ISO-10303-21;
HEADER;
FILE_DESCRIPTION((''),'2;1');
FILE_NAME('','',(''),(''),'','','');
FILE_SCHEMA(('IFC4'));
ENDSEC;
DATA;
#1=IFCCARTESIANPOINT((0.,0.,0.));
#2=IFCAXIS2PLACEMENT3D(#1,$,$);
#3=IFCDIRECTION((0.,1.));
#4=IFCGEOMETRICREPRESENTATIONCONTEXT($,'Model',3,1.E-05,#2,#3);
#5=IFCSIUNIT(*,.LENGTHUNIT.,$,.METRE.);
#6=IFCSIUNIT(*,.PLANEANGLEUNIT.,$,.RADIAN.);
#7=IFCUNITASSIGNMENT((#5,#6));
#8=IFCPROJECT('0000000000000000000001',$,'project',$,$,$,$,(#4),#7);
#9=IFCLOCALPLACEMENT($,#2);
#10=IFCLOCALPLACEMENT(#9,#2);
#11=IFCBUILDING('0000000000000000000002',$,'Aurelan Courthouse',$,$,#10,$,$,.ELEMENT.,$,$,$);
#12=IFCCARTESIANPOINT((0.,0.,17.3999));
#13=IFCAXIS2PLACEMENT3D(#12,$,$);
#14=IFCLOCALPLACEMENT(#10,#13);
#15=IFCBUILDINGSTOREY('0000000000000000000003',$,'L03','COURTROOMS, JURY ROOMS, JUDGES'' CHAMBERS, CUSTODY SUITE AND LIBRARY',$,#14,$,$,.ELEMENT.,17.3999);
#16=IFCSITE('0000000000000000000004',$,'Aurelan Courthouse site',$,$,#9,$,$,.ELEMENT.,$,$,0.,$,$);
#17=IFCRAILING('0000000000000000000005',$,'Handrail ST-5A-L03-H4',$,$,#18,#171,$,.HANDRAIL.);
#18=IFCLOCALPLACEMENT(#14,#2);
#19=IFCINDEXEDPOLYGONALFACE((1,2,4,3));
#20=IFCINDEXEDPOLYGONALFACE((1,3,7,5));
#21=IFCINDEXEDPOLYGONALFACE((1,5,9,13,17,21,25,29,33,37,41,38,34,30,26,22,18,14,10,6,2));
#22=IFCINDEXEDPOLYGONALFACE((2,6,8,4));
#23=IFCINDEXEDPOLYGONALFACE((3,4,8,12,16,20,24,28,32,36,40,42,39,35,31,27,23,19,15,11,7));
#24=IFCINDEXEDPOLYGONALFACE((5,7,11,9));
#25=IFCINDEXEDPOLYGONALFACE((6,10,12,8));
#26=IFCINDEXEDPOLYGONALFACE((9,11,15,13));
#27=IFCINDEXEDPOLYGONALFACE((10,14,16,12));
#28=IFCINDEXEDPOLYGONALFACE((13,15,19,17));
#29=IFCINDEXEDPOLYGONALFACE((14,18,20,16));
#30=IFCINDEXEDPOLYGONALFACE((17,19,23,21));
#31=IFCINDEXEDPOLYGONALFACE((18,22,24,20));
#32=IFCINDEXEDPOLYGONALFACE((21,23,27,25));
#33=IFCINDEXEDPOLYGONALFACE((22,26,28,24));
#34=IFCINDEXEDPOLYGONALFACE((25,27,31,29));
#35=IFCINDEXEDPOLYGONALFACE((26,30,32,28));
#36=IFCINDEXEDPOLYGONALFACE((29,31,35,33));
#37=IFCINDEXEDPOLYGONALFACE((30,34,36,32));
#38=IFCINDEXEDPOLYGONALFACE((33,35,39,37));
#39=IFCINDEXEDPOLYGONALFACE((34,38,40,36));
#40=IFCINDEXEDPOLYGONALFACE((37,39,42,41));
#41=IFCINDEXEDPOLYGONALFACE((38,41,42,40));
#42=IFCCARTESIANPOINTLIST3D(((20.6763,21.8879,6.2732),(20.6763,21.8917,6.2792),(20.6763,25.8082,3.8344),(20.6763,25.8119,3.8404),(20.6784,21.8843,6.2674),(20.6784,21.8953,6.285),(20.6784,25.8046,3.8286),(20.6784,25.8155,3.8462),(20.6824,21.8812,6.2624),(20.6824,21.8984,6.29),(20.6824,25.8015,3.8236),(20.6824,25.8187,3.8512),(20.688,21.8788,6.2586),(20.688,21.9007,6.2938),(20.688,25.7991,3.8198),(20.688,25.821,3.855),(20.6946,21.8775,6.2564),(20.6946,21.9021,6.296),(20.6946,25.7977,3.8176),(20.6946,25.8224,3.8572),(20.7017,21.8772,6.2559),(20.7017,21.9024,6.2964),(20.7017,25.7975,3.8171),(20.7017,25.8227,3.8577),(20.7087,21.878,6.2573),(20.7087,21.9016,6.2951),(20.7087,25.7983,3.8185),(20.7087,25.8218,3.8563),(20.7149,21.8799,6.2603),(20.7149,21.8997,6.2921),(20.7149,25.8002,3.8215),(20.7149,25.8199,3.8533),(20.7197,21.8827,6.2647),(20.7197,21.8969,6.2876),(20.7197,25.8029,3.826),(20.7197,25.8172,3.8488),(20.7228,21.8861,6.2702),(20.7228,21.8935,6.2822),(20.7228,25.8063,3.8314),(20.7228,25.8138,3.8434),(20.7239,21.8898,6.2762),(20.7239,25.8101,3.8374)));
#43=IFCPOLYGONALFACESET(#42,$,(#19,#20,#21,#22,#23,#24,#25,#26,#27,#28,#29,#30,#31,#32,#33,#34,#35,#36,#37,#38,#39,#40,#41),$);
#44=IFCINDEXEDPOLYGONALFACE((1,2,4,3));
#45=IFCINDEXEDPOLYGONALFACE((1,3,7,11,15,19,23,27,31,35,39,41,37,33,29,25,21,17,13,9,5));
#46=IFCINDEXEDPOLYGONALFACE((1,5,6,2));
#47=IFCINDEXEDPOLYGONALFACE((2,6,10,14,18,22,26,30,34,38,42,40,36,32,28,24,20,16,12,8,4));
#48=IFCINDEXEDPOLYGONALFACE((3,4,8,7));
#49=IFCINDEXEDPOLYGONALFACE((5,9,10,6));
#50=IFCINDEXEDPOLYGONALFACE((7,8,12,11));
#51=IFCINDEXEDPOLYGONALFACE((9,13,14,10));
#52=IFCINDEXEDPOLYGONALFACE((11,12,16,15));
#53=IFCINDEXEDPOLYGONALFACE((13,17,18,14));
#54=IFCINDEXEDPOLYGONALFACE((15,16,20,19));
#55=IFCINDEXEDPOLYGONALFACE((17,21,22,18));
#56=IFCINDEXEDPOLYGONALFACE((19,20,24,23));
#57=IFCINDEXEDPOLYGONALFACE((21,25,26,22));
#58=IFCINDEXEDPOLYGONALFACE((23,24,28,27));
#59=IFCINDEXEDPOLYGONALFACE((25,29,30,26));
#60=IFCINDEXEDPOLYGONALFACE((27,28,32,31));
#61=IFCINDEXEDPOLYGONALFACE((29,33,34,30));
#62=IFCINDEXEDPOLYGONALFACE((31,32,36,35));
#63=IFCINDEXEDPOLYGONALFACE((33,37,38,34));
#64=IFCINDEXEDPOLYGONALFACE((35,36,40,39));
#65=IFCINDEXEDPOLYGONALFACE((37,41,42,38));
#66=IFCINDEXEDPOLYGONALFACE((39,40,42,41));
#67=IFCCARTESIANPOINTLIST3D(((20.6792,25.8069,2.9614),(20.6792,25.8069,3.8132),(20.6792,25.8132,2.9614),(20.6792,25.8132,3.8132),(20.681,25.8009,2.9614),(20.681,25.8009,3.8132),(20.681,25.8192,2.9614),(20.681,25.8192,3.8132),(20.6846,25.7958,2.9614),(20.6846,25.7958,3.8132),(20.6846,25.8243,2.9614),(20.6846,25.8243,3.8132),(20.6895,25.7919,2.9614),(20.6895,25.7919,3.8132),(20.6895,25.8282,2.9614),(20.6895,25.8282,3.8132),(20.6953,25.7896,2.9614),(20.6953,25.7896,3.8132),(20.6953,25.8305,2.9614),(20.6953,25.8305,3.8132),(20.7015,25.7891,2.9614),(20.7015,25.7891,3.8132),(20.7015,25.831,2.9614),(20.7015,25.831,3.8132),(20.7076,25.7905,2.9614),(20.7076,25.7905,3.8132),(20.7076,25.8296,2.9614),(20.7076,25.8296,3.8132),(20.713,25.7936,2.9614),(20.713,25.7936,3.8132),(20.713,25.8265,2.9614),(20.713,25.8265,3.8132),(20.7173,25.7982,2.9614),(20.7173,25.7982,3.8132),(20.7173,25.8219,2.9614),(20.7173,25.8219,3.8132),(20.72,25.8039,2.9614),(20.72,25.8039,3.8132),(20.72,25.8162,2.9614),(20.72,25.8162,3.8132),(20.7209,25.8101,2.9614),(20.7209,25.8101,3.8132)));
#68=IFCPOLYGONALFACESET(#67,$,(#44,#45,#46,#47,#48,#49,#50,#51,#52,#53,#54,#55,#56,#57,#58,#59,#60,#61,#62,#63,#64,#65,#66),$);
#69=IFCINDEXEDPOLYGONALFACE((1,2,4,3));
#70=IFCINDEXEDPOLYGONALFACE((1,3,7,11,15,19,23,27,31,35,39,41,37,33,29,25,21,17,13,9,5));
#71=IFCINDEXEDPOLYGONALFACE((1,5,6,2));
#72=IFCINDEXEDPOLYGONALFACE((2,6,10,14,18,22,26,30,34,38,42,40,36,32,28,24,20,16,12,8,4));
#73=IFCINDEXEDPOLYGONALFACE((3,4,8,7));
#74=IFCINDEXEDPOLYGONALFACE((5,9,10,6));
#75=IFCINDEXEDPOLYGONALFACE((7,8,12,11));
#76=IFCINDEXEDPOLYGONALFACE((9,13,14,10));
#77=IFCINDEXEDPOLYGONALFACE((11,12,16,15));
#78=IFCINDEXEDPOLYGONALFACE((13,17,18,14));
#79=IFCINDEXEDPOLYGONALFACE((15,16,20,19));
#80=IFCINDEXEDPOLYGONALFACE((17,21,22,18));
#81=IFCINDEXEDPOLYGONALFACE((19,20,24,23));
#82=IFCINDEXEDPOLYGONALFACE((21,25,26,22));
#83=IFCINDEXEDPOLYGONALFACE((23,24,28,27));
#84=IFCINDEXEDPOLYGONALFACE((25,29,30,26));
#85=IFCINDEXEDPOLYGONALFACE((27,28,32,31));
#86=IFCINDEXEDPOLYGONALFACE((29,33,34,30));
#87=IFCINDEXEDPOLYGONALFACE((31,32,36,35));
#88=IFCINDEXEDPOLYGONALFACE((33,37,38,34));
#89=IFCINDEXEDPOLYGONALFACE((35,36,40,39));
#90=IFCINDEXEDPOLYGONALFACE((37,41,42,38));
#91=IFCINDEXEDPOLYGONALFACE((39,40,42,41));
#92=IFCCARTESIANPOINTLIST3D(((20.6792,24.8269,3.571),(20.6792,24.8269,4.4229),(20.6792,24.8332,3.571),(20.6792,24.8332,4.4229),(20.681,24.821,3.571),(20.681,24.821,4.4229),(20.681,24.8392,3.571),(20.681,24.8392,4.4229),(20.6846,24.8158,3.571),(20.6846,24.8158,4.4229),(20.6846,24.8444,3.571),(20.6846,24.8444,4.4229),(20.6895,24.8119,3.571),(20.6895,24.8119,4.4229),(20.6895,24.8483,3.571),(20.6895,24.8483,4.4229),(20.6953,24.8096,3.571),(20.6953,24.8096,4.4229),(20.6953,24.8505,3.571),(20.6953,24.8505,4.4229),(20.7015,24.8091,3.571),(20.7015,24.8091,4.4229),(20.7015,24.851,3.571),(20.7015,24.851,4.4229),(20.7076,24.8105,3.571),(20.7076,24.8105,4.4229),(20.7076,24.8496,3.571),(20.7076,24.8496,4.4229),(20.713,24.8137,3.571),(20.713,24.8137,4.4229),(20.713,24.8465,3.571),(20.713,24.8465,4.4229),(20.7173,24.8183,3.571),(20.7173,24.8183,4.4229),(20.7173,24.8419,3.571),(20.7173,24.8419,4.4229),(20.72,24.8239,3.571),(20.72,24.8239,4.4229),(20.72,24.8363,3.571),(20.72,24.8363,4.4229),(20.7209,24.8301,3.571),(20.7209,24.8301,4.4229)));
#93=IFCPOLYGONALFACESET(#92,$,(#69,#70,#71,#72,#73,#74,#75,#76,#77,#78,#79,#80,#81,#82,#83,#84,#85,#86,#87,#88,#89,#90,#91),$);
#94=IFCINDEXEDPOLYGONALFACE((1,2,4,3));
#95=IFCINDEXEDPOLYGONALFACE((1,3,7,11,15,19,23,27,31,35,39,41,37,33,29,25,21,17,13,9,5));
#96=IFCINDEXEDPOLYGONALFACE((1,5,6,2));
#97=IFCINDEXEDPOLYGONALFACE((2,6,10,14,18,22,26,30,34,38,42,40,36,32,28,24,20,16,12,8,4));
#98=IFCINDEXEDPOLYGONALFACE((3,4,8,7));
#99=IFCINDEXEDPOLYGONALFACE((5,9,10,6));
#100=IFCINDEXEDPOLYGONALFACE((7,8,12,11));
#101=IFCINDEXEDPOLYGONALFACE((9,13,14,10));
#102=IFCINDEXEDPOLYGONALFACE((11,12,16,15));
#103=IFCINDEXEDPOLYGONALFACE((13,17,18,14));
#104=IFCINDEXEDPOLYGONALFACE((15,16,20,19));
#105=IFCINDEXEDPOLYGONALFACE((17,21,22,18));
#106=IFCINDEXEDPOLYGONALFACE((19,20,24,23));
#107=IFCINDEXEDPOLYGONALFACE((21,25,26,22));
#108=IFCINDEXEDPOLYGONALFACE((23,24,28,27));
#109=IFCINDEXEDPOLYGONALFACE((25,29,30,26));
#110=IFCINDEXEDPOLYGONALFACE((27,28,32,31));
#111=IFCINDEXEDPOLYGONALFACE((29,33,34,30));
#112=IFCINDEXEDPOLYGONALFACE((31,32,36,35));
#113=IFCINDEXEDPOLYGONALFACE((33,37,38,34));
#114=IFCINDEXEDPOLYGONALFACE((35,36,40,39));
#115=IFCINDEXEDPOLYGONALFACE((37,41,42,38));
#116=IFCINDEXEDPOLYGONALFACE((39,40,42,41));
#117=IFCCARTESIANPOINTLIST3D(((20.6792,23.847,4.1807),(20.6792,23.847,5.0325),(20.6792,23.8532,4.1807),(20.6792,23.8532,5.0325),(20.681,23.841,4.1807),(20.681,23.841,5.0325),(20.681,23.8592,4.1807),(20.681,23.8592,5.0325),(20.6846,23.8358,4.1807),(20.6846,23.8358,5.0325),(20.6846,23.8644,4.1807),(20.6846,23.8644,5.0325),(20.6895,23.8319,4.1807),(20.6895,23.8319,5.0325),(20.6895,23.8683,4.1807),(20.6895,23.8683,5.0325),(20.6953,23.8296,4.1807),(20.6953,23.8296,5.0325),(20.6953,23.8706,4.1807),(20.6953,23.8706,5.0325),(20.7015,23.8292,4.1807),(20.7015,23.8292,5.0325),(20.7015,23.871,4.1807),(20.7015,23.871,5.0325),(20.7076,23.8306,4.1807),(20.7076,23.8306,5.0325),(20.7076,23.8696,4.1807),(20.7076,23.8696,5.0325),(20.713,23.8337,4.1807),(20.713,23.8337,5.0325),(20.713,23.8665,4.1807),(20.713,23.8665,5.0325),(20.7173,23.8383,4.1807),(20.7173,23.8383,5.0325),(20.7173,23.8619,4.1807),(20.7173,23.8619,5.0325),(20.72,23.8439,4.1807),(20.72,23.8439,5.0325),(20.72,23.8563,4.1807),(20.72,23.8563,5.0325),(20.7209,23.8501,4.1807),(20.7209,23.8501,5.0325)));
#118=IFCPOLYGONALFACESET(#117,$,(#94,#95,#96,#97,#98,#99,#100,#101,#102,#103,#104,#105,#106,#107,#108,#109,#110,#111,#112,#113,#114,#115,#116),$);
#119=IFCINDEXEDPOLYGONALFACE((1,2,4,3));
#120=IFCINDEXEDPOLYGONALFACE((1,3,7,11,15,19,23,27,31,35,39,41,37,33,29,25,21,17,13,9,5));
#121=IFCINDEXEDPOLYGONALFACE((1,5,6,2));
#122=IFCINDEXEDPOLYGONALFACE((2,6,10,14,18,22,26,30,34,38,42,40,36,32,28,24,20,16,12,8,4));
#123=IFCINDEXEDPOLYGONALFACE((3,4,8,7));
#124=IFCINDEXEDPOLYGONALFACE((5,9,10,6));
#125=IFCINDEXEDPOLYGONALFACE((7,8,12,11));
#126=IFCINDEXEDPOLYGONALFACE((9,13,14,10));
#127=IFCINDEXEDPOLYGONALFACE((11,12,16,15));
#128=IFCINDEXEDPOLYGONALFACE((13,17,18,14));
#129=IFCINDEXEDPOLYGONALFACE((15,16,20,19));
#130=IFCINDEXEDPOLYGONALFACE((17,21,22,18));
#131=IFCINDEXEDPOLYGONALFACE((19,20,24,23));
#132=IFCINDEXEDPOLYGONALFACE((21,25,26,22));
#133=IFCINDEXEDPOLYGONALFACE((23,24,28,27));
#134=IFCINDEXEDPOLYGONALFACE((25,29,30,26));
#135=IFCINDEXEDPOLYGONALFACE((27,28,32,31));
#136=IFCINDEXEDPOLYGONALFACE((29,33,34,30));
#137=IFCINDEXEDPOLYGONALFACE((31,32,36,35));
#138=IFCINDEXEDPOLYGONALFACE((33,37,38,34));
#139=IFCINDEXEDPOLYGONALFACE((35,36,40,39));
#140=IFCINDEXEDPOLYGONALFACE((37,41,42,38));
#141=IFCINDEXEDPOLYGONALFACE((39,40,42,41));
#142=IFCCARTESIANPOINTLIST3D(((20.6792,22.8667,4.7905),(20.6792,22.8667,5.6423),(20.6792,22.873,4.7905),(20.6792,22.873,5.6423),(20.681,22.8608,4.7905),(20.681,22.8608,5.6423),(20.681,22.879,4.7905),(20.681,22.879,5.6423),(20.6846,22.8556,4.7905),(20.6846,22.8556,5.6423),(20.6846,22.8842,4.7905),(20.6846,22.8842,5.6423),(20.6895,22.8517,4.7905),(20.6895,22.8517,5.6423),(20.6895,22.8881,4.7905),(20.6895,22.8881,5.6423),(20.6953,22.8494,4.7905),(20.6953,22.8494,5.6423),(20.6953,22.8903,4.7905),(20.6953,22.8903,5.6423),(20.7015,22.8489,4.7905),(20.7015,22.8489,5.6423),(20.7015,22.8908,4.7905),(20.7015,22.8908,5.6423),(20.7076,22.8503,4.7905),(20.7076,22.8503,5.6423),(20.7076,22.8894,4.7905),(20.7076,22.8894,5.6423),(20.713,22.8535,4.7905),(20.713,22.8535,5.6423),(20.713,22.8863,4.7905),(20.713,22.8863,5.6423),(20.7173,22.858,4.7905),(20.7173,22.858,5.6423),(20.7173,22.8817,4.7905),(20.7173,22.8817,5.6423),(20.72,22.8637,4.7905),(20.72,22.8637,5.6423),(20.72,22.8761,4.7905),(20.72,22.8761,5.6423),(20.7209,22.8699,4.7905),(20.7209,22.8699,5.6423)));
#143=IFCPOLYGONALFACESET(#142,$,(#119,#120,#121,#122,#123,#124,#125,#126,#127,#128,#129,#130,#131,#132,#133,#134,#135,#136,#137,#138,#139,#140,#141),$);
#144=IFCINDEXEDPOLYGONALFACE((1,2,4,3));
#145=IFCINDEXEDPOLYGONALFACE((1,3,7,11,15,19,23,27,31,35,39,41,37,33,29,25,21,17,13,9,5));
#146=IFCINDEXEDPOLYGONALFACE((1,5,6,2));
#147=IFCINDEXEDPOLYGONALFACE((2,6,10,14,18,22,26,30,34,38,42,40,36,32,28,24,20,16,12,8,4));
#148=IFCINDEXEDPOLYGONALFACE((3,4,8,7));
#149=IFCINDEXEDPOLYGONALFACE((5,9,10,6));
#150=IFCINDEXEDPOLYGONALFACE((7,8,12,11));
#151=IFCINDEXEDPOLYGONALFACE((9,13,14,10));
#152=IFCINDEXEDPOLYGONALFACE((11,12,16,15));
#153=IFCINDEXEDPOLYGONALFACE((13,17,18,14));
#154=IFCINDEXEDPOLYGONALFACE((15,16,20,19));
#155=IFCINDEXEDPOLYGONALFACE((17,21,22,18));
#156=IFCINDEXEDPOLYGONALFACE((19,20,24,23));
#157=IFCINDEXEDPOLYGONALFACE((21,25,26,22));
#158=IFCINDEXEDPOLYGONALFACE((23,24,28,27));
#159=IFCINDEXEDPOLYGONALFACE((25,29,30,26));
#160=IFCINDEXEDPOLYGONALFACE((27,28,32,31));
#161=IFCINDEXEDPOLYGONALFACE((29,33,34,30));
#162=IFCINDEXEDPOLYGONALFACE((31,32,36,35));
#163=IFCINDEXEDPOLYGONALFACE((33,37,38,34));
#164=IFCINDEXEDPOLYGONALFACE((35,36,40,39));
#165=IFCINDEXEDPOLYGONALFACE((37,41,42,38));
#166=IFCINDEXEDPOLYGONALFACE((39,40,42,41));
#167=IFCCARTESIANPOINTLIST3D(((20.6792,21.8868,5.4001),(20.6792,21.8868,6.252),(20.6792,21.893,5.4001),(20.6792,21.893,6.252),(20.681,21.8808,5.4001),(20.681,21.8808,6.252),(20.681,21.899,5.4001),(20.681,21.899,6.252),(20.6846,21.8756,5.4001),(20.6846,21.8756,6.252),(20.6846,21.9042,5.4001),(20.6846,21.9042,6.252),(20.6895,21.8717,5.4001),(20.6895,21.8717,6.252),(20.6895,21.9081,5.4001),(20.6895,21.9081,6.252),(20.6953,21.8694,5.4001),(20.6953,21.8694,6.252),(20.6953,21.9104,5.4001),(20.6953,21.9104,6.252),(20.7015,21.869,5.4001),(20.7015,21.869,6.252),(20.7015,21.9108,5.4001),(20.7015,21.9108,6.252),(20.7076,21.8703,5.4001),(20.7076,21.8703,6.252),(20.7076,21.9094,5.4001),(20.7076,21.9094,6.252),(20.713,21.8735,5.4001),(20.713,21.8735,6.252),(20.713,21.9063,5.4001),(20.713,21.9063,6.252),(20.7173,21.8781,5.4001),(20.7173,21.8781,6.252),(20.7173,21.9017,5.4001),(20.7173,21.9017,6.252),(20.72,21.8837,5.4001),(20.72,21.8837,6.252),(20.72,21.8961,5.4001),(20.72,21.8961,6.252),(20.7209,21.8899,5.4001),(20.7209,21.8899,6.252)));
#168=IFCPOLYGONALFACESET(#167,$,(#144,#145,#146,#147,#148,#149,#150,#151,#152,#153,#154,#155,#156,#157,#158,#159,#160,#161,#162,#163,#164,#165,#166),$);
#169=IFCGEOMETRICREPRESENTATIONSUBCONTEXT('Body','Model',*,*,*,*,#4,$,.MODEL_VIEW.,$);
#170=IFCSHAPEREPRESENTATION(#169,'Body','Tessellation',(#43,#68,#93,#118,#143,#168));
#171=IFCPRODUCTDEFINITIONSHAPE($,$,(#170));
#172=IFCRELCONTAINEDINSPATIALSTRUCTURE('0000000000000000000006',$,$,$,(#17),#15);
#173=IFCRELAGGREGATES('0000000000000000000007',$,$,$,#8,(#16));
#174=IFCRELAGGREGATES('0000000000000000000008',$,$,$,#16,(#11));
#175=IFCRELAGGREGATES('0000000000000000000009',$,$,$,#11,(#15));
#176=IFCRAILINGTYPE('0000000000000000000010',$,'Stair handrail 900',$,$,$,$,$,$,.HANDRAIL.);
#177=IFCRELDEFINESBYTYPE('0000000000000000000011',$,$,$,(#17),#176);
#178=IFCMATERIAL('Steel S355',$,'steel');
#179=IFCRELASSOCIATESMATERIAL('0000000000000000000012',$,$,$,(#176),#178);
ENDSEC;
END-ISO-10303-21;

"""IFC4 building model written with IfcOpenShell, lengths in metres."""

from ifc_helpers import new_model, si_unit, direction, frame, origin, origin_2d, place, context, subcontext, project, spatial, circle, extrude, material, type_object, element, save


model = new_model("IFC4")

# Units and contexts
model_context = context("Model", 3, precision=1e-05, world=origin(), true_north=direction((0.0, 1.0)))
body_context = subcontext(model_context, "Body", "Model", "MODEL_VIEW")
ifc_project = project(units=[si_unit("LENGTHUNIT", "METRE"), si_unit("PLANEANGLEUNIT", "RADIAN")], contexts=[model_context])

# Site, building, storey
site_placement = place(None, origin())
site = spatial("IfcSite", under=ifc_project, at=site_placement, Name="Aurelan Courthouse site", CompositionType="ELEMENT", RefElevation=0.0)
building_placement = place(site_placement, origin())
building = spatial("IfcBuilding", under=site, at=building_placement, Name="Aurelan Courthouse", CompositionType="ELEMENT")
storey_placement = place(building_placement, frame((0.0, 0.0, 17.3999)))
storey = spatial("IfcBuildingStorey", under=building, at=storey_placement, Name="L03", Description="COURTROOMS, JURY ROOMS, JUDGES' CHAMBERS, CUSTODY SUITE AND LIBRARY", CompositionType="ELEMENT", Elevation=17.3999)

# Railing
ifc_material_1 = material(Name="Steel S355", Category="steel")
railing_type_1 = type_object("IfcRailingType", Name="Stair handrail 900", PredefinedType="HANDRAIL", material=ifc_material_1)
for number, where, name in (
    (1, (20.7, 25.8101, 2.9614), "Handrail ST-5A-L03-H4"),
):
    element("IfcRailing", number, at=place(storey_placement, frame(where)), inside=storey, type_object=railing_type_1, Name=name, PredefinedType="HANDRAIL", context=body_context, shape_type="SweptSolid", body=[
        extrude(circle(Radius=0.0239, at=origin_2d()), frame((0.0, 0.0, 0.876), z_axis=(0.0, -0.849105, 0.528225), x_axis=(1.0, 0.0, 0.0)), (0.0, 0.0, 1.0), 4.6169),
        extrude(circle(Radius=0.021, at=origin_2d()), origin(), (0.0, 0.0, 1.0), 0.8518),
        extrude(circle(Radius=0.021, at=origin_2d()), frame((0.0, -0.98, 0.6096)), (0.0, 0.0, 1.0), 0.8518),
        extrude(circle(Radius=0.021, at=origin_2d()), frame((0.0, -1.96, 1.2192)), (0.0, 0.0, 1.0), 0.8518),
        extrude(circle(Radius=0.021, at=origin_2d()), frame((0.0, -2.9402, 1.8291)), (0.0, 0.0, 1.0), 0.8518),
        extrude(circle(Radius=0.021, at=origin_2d()), frame((0.0, -3.9202, 2.4387)), (0.0, 0.0, 1.0), 0.8518),
    ])

save(model, "model.ifc")
